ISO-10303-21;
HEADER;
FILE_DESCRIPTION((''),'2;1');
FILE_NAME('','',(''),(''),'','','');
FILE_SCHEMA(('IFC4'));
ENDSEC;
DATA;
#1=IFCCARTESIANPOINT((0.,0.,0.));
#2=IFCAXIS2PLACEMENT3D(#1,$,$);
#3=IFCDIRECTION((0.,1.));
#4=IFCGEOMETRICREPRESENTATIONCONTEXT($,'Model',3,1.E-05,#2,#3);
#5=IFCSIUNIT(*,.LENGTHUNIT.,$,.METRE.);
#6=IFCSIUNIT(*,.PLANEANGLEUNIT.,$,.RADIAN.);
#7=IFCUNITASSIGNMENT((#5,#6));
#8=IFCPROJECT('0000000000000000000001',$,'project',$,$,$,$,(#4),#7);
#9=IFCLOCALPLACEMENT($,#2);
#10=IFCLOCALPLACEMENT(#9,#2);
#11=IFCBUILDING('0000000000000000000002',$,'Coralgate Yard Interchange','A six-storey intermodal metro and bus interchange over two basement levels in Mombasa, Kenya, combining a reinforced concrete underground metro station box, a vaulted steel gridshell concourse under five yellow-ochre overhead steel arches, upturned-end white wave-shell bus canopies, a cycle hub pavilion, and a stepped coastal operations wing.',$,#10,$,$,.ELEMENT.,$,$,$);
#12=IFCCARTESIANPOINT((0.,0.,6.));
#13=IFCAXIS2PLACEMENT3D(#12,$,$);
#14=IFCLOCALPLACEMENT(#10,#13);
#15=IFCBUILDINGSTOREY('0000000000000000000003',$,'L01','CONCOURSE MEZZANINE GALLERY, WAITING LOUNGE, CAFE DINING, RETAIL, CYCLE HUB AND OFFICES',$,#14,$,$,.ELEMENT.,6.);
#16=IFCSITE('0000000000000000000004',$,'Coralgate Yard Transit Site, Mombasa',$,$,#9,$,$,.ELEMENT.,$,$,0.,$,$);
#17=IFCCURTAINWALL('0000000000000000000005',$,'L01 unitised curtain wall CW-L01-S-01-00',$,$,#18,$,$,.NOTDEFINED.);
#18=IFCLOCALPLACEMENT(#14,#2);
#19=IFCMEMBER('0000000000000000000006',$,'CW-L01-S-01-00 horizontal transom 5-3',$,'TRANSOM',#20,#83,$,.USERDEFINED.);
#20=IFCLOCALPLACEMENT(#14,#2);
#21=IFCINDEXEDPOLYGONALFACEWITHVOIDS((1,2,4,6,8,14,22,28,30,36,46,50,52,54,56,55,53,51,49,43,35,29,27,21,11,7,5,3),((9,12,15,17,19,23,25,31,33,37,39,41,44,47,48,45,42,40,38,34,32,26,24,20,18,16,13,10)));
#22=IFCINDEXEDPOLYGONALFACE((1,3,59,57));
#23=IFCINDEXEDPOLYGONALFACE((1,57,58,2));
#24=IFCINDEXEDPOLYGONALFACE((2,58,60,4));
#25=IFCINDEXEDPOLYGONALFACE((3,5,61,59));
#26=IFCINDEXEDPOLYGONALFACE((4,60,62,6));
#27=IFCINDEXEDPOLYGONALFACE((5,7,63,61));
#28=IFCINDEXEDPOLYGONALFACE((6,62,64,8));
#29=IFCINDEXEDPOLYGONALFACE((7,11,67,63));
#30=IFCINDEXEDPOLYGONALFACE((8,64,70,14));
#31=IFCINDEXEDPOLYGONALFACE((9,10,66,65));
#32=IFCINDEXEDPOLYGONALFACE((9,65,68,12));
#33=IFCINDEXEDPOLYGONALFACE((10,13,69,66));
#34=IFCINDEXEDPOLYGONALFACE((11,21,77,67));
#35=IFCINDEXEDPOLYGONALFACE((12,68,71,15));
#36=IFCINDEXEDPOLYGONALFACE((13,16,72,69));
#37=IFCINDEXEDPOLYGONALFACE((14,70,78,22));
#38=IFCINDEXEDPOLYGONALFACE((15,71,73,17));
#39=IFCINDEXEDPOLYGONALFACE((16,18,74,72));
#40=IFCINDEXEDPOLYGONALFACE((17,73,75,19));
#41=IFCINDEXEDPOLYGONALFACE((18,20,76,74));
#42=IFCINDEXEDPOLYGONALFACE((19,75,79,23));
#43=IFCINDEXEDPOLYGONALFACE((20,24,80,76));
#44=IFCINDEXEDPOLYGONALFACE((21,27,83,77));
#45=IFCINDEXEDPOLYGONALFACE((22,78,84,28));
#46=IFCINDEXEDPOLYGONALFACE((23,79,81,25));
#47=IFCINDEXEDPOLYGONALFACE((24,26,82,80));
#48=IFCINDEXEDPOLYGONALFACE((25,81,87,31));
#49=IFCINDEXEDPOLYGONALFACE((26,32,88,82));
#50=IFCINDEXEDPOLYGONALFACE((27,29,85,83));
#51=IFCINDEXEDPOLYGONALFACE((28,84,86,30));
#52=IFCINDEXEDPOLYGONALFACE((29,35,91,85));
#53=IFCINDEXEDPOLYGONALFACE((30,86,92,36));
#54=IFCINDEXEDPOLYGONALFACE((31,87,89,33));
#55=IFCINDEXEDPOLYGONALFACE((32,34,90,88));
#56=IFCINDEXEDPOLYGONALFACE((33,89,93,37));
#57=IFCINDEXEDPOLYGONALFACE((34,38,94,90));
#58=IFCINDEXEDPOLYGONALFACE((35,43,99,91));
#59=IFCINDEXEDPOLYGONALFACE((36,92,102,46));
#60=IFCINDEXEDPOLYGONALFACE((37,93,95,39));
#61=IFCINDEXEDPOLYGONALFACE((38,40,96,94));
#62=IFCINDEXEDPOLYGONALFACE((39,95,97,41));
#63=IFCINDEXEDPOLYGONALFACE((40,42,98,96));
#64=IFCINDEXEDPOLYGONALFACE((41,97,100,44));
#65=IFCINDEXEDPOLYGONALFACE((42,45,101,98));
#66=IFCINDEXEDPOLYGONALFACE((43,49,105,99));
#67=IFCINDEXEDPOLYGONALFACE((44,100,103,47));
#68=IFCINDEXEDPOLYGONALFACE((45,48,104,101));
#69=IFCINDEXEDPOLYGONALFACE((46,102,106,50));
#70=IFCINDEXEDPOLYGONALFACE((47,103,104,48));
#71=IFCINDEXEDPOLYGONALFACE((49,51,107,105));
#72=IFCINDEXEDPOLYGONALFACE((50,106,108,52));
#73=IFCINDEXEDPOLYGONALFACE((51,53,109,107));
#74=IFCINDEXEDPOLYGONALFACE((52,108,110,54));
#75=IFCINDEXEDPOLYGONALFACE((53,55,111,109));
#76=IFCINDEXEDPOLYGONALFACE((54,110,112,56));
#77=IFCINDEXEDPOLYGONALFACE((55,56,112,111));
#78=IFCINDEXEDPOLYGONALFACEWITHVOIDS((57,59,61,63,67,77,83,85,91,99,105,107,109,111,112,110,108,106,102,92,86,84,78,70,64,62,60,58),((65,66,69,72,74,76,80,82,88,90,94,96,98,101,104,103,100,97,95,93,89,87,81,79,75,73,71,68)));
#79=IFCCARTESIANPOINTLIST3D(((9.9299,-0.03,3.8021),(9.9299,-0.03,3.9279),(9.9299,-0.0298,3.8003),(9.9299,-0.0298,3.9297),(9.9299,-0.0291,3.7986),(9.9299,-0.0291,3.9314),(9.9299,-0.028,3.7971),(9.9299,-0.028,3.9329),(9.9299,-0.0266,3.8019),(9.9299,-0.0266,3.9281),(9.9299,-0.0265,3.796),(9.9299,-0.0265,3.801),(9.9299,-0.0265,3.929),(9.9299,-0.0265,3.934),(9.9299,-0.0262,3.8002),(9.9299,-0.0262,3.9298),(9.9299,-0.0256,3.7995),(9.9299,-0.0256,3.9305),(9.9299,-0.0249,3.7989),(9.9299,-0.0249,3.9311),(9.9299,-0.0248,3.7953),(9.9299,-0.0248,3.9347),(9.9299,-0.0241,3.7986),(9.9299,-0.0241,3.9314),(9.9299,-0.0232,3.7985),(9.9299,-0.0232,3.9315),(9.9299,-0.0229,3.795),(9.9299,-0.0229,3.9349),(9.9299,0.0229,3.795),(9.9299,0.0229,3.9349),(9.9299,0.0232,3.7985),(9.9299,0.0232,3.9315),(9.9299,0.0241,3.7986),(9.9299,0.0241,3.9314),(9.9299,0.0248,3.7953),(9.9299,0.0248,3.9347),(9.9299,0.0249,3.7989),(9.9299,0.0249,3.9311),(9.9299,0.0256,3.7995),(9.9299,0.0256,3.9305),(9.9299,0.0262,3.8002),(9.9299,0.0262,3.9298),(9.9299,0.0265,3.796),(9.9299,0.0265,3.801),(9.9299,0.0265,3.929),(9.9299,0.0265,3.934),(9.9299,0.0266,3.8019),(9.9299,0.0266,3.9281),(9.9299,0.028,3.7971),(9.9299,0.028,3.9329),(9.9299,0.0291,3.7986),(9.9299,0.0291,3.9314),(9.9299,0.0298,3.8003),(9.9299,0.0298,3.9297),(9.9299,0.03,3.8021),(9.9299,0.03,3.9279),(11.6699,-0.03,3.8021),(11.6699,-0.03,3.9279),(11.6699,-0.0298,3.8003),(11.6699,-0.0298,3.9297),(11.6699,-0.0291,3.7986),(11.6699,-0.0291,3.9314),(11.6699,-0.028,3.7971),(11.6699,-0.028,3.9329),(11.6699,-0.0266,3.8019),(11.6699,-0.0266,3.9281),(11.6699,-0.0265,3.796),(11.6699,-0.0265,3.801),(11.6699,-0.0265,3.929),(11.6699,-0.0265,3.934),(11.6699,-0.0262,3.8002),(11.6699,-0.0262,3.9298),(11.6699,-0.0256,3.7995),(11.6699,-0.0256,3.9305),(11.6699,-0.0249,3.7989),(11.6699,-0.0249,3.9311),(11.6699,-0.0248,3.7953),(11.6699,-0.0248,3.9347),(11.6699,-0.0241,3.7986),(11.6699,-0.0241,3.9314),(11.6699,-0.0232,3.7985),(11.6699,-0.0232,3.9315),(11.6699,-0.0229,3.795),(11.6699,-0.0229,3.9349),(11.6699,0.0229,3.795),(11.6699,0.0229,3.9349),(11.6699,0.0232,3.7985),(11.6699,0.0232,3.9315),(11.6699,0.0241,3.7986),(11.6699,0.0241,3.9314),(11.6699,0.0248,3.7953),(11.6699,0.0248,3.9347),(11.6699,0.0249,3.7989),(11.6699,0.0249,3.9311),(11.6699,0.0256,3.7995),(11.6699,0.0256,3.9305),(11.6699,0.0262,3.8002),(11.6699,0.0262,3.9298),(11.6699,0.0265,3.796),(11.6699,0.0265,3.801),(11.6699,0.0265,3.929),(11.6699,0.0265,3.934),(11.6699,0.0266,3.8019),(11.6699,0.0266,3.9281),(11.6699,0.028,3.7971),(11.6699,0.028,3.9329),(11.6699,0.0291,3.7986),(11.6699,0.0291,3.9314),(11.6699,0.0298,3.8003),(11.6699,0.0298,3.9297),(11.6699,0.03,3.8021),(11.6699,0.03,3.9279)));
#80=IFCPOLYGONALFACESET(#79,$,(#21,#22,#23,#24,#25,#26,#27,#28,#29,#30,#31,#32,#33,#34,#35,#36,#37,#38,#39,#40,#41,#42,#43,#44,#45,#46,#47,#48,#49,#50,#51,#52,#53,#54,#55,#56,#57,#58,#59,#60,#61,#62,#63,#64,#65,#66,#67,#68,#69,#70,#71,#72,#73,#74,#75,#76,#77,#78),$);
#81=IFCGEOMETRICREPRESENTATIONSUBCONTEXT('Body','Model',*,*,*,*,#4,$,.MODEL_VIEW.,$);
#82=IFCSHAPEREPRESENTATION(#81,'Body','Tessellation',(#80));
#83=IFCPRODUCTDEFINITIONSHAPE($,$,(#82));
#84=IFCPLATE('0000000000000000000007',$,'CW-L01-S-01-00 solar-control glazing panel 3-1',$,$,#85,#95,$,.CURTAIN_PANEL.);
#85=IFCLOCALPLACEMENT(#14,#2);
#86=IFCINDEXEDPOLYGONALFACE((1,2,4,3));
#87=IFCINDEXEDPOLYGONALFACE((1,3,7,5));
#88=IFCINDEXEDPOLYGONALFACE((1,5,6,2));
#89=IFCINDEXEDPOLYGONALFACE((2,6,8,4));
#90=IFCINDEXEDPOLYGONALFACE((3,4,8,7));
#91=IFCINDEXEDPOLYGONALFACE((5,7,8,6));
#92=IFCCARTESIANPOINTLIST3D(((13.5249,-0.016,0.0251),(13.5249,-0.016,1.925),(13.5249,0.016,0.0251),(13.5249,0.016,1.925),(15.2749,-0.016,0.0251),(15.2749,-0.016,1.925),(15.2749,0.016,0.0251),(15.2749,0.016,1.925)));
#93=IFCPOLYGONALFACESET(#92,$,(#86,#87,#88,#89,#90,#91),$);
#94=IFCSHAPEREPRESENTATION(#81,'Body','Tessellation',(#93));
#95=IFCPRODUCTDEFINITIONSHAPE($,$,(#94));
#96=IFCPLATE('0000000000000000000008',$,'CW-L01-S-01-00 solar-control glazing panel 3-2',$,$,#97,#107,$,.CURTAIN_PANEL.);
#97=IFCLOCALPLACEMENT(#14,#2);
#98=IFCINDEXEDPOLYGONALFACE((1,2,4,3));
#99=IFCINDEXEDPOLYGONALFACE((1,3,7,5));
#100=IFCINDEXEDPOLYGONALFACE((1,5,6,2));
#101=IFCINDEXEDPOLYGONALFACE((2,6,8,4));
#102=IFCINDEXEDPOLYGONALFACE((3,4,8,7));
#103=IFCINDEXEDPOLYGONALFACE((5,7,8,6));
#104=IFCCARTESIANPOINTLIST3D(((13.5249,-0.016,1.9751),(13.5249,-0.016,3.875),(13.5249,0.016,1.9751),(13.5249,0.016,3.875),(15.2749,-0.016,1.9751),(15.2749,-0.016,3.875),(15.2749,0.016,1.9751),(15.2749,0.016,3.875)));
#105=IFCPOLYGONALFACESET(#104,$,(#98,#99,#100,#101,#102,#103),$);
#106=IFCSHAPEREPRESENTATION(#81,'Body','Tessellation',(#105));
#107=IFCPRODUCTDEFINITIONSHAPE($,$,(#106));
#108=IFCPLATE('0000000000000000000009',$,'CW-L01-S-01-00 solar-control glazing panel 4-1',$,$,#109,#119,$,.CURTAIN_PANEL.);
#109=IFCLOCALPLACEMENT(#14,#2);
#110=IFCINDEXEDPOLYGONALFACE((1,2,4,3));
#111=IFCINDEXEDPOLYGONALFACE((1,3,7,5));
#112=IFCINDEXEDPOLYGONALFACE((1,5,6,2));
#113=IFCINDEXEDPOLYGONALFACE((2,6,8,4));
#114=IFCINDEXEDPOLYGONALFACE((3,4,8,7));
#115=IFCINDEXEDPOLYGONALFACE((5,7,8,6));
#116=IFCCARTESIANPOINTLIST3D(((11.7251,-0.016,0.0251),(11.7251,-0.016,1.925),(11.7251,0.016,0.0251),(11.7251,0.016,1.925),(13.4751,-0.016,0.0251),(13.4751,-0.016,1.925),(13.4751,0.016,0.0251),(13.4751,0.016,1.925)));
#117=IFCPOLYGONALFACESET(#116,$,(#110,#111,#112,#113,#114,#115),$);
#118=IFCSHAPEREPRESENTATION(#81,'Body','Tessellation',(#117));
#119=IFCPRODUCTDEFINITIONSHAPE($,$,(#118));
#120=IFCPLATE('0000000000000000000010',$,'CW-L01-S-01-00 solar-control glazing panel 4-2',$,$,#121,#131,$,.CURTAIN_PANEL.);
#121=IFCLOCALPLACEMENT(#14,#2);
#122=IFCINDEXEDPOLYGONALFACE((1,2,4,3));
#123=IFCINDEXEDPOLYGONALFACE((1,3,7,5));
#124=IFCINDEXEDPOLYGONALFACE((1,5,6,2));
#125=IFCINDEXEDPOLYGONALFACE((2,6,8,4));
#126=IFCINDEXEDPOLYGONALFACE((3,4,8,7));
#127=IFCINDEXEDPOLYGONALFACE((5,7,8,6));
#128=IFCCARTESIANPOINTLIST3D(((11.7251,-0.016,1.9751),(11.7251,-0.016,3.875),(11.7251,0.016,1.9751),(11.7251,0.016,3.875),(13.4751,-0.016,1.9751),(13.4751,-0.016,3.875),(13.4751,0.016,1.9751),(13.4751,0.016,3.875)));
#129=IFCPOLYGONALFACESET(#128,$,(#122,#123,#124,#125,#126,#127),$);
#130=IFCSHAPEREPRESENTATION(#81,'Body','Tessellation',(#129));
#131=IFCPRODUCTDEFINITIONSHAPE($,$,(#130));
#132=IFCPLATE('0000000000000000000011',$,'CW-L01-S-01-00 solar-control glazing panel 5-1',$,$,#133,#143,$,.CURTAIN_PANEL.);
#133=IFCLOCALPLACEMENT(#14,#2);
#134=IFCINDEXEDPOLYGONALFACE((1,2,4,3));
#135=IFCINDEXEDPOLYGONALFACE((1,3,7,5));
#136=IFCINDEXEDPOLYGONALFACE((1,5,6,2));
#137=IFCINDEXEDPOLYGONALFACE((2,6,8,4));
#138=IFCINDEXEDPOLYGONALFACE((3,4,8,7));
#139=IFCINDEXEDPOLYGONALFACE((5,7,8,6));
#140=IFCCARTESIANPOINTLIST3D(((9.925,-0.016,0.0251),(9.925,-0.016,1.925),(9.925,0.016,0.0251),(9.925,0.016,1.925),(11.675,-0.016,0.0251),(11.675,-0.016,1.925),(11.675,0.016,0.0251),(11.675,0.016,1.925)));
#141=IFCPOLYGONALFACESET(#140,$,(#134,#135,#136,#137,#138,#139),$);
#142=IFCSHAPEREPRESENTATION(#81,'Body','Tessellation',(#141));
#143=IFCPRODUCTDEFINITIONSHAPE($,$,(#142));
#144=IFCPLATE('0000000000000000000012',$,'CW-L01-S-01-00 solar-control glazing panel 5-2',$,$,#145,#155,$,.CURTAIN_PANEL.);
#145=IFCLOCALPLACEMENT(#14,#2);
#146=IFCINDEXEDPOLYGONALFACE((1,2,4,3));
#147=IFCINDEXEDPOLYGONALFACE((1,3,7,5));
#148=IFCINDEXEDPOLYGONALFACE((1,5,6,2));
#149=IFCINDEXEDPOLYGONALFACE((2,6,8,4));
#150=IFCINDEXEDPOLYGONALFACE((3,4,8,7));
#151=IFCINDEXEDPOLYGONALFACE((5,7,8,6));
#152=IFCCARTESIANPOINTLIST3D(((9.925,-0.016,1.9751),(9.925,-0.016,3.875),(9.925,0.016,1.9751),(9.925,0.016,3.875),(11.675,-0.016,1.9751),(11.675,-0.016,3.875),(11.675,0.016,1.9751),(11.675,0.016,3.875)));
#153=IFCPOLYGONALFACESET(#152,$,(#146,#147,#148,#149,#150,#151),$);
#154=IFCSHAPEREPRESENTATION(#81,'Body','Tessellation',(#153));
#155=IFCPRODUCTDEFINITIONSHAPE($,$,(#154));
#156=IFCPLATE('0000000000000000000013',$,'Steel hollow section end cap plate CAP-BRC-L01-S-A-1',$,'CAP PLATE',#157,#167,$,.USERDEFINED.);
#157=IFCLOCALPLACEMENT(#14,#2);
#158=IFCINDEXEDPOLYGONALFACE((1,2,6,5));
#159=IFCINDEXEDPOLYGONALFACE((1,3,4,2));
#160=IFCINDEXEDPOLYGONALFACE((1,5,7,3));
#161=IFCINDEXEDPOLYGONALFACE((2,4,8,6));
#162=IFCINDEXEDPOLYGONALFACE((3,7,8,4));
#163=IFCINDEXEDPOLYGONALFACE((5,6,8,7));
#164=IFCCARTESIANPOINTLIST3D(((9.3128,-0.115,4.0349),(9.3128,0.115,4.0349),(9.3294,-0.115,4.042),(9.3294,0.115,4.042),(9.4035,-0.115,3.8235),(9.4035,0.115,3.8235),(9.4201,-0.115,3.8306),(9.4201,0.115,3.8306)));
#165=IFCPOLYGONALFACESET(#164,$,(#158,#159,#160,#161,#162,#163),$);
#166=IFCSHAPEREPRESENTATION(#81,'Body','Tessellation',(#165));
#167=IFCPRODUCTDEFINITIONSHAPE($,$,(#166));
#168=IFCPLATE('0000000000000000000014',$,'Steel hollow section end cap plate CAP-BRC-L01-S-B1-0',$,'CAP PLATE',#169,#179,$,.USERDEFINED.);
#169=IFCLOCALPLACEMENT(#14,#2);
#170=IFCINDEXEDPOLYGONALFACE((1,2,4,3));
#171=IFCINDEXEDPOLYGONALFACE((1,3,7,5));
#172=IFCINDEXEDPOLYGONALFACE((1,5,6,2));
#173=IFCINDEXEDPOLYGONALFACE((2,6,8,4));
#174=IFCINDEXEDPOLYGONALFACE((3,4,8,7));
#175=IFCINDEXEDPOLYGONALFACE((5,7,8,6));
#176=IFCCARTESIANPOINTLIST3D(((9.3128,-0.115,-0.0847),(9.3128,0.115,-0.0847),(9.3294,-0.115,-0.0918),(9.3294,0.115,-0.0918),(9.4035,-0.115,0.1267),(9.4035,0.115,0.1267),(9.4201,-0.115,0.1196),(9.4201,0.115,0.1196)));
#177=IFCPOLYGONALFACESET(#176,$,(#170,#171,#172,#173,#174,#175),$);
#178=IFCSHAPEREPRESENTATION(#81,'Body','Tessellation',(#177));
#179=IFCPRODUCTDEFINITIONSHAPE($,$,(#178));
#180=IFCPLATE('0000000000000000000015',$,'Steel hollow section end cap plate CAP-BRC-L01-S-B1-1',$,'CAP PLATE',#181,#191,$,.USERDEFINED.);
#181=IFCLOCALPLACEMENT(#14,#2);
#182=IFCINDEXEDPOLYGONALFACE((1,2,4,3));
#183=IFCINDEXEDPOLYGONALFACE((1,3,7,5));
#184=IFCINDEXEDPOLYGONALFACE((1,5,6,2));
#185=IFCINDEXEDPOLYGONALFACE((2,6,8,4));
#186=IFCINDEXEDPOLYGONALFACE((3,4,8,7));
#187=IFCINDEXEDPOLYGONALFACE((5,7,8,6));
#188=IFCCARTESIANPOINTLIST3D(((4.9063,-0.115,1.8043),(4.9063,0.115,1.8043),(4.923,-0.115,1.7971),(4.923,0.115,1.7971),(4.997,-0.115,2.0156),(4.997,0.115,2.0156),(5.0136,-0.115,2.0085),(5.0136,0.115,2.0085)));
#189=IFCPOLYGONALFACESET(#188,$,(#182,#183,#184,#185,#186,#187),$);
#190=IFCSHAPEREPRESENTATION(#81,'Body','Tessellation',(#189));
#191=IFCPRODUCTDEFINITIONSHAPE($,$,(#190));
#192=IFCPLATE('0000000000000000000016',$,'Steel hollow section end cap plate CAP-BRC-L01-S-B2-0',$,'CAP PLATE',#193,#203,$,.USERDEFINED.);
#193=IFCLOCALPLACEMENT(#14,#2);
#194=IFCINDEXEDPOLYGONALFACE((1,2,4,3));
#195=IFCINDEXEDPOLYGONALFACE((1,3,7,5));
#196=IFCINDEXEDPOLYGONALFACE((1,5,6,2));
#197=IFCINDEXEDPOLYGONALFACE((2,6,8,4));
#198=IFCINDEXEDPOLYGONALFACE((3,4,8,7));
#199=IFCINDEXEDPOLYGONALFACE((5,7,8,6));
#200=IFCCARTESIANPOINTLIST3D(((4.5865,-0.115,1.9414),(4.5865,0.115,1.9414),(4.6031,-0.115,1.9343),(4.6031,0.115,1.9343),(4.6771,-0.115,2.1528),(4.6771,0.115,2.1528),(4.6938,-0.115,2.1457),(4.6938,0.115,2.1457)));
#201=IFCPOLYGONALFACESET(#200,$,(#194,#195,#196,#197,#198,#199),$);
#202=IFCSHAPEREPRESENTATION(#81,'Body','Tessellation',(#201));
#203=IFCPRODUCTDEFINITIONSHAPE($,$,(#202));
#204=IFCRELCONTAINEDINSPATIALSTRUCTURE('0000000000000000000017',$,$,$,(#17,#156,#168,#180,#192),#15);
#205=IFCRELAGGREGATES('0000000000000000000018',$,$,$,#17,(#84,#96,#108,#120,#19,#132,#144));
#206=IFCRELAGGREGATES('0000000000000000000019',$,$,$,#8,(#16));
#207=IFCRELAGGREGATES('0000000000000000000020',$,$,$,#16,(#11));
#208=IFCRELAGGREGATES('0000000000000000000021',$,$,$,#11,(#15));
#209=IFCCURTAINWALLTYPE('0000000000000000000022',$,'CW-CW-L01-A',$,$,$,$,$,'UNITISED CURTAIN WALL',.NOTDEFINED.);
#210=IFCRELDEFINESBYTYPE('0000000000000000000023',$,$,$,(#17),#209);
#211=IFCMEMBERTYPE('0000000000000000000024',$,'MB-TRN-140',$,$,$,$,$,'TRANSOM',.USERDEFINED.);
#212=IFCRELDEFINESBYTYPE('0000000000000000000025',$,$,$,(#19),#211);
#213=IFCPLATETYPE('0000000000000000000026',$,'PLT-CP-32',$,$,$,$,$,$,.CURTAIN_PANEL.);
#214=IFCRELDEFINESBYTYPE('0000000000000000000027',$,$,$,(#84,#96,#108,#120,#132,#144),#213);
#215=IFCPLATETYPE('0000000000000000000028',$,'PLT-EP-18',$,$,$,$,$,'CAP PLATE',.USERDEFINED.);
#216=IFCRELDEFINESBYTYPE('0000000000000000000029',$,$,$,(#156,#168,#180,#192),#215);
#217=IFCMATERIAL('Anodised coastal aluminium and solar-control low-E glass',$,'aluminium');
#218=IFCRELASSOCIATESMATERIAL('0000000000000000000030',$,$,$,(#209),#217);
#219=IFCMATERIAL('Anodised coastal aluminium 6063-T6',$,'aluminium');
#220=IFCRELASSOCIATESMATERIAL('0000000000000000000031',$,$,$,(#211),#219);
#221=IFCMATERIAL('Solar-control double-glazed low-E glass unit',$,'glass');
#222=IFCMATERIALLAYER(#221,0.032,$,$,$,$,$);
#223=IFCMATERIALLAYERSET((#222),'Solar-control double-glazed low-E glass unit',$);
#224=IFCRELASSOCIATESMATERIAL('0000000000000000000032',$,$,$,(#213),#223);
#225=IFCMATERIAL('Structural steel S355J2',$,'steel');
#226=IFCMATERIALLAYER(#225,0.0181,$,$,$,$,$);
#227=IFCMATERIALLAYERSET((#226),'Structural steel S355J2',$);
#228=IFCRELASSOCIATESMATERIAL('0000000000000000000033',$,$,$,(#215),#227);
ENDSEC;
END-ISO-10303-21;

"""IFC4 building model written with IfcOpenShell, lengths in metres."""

from ifc_helpers import new_model, si_unit, direction, frame, origin, origin_2d, place, context, subcontext, project, spatial, rectangle, hollow_rectangle, extrude, material, layer, layer_set, material_profile, profile_set, type_object, element, aggregate, save


model = new_model("IFC4")

# Units and contexts
model_context = context("Model", 3, precision=1e-05, world=origin(), true_north=direction((0.0, 1.0)))
body_context = subcontext(model_context, "Body", "Model", "MODEL_VIEW")
ifc_project = project(units=[si_unit("LENGTHUNIT", "METRE"), si_unit("PLANEANGLEUNIT", "RADIAN")], contexts=[model_context])

# Site, building, storey
site_placement = place(None, origin())
site = spatial("IfcSite", under=ifc_project, at=site_placement, Name="Coralgate Yard Transit Site, Mombasa", CompositionType="ELEMENT", RefElevation=0.0)
building_placement = place(site_placement, origin())
building = spatial("IfcBuilding", under=site, at=building_placement, Name="Coralgate Yard Interchange", Description="A six-storey intermodal metro and bus interchange over two basement levels in Mombasa, Kenya, combining a reinforced concrete underground metro station box, a vaulted steel gridshell concourse under five yellow-ochre overhead steel arches, upturned-end white wave-shell bus canopies, a cycle hub pavilion, and a stepped coastal operations wing.", CompositionType="ELEMENT")
storey_placement = place(building_placement, frame((0.0, 0.0, 6.0)))
storey = spatial("IfcBuildingStorey", under=building, at=storey_placement, Name="L01", Description="CONCOURSE MEZZANINE GALLERY, WAITING LOUNGE, CAFE DINING, RETAIL, CYCLE HUB AND OFFICES", CompositionType="ELEMENT", Elevation=6.0)

# Shared definitions
ifc_material_1 = material(Name="Structural steel S355J2", Category="steel")

# Curtain wall, member, plates
ifc_material_2 = material(Name="Anodised coastal aluminium and solar-control low-E glass", Category="aluminium")
curtain_wall_type = type_object("IfcCurtainWallType", Name="CW-CW-L01-A", ElementType="UNITISED CURTAIN WALL", PredefinedType="NOTDEFINED", material=ifc_material_2)
curtain_wall_placement = place(storey_placement, origin())
curtain_wall = element("IfcCurtainWall", 1, at=curtain_wall_placement, inside=storey, type_object=curtain_wall_type, Name="L01 unitised curtain wall CW-L01-S-01-00", PredefinedType="NOTDEFINED")
ifc_material_3 = material(Name="Anodised coastal aluminium 6063-T6", Category="aluminium")
ifc_material_profile_1 = material_profile(ifc_material_3, hollow_rectangle(XDim=0.0601, YDim=0.1399, WallThickness=0.0034, InnerFilletRadius=0.0034, OuterFilletRadius=0.0071, at=origin_2d()), Name="ALU 60x140x3.5")
ifc_profile_set_1 = profile_set([ifc_material_profile_1], Name="Anodised coastal aluminium 6063-T6")
member_type_1 = type_object("IfcMemberType", Name="MB-TRN-140", ElementType="TRANSOM", PredefinedType="USERDEFINED", material=ifc_profile_set_1)
member_1_placement = place(storey_placement, frame((11.6699, 0.0, 3.865), z_axis=(-1.0, 0.0, 0.0), x_axis=(0.0, -1.0, 0.0)))
member_1 = element("IfcMember", 2, at=member_1_placement, type_object=member_type_1, Name="CW-L01-S-01-00 horizontal transom 5-3", ObjectType="TRANSOM", PredefinedType="USERDEFINED", context=body_context, shape_type="SweptSolid", body=[
    extrude(hollow_rectangle(XDim=0.0601, YDim=0.1399, WallThickness=0.0034, InnerFilletRadius=0.0034, OuterFilletRadius=0.0071, at=origin_2d()), origin(), (0.0, 0.0, 1.0), 1.74),
])
ifc_material_4 = material(Name="Solar-control double-glazed low-E glass unit", Category="glass")
ifc_layer_1 = layer(ifc_material_4, 0.032)
ifc_layer_set_1 = layer_set([ifc_layer_1], Name="Solar-control double-glazed low-E glass unit")
plate_type_1 = type_object("IfcPlateType", Name="PLT-CP-32", PredefinedType="CURTAIN_PANEL", material=ifc_layer_set_1)
plate_1_placement = place(storey_placement, frame((14.3999, 0.0, 0.0251), z_axis=(0.0, 0.0, 1.0), x_axis=(-1.0, 0.0, 0.0)))
plate_1 = element("IfcPlate", 3, at=plate_1_placement, type_object=plate_type_1, Name="CW-L01-S-01-00 solar-control glazing panel 3-1", PredefinedType="CURTAIN_PANEL", context=body_context, shape_type="SweptSolid", body=[
    extrude(rectangle(XDim=1.75, YDim=0.032, at=origin_2d()), origin(), (0.0, 0.0, 1.0), 1.8999),
])
plate_2_placement = place(storey_placement, frame((14.3999, 0.0, 1.9751), z_axis=(0.0, 0.0, 1.0), x_axis=(-1.0, 0.0, 0.0)))
plate_2 = element("IfcPlate", 4, at=plate_2_placement, type_object=plate_type_1, Name="CW-L01-S-01-00 solar-control glazing panel 3-2", PredefinedType="CURTAIN_PANEL", context=body_context, shape_type="SweptSolid", body=[
    extrude(rectangle(XDim=1.75, YDim=0.032, at=origin_2d()), origin(), (0.0, 0.0, 1.0), 1.8999),
])
plate_3_placement = place(storey_placement, frame((12.6001, 0.0, 0.0251), z_axis=(0.0, 0.0, 1.0), x_axis=(-1.0, 0.0, 0.0)))
plate_3 = element("IfcPlate", 5, at=plate_3_placement, type_object=plate_type_1, Name="CW-L01-S-01-00 solar-control glazing panel 4-1", PredefinedType="CURTAIN_PANEL", context=body_context, shape_type="SweptSolid", body=[
    extrude(rectangle(XDim=1.75, YDim=0.032, at=origin_2d()), origin(), (0.0, 0.0, 1.0), 1.8999),
])
plate_4_placement = place(storey_placement, frame((12.6001, 0.0, 1.9751), z_axis=(0.0, 0.0, 1.0), x_axis=(-1.0, 0.0, 0.0)))
plate_4 = element("IfcPlate", 6, at=plate_4_placement, type_object=plate_type_1, Name="CW-L01-S-01-00 solar-control glazing panel 4-2", PredefinedType="CURTAIN_PANEL", context=body_context, shape_type="SweptSolid", body=[
    extrude(rectangle(XDim=1.75, YDim=0.032, at=origin_2d()), origin(), (0.0, 0.0, 1.0), 1.8999),
])
plate_5_placement = place(storey_placement, frame((10.8, 0.0, 0.0251), z_axis=(0.0, 0.0, 1.0), x_axis=(-1.0, 0.0, 0.0)))
plate_5 = element("IfcPlate", 7, at=plate_5_placement, type_object=plate_type_1, Name="CW-L01-S-01-00 solar-control glazing panel 5-1", PredefinedType="CURTAIN_PANEL", context=body_context, shape_type="SweptSolid", body=[
    extrude(rectangle(XDim=1.75, YDim=0.032, at=origin_2d()), origin(), (0.0, 0.0, 1.0), 1.8999),
])
plate_6_placement = place(storey_placement, frame((10.8, 0.0, 1.9751), z_axis=(0.0, 0.0, 1.0), x_axis=(-1.0, 0.0, 0.0)))
plate_6 = element("IfcPlate", 8, at=plate_6_placement, type_object=plate_type_1, Name="CW-L01-S-01-00 solar-control glazing panel 5-2", PredefinedType="CURTAIN_PANEL", context=body_context, shape_type="SweptSolid", body=[
    extrude(rectangle(XDim=1.75, YDim=0.032, at=origin_2d()), origin(), (0.0, 0.0, 1.0), 1.8999),
])
aggregate(curtain_wall, [plate_1, plate_2, plate_3, plate_4, member_1, plate_5, plate_6])

# Plates
ifc_layer_2 = layer(ifc_material_1, 0.0181)
ifc_layer_set_2 = layer_set([ifc_layer_2], Name="Structural steel S355J2")
plate_type_2 = type_object("IfcPlateType", Name="PLT-EP-18", ElementType="CAP PLATE", PredefinedType="USERDEFINED", material=ifc_layer_set_2)
for number, where, z_axis, x_axis, name in (
    (9, (9.3582, 0.0, 3.9292), (0.919093, 0.0, 0.394041), (0.0, 1.0, 0.0), "Steel hollow section end cap plate CAP-BRC-L01-S-A-1"),
    (10, (9.3582, 0.0, 0.021), (0.919093, 0.0, -0.394041), (0.0, 1.0, 0.0), "Steel hollow section end cap plate CAP-BRC-L01-S-B1-0"),
    (11, (4.9683, 0.0, 1.9028), (-0.919093, 0.0, 0.394041), (0.0, -1.0, 0.0), "Steel hollow section end cap plate CAP-BRC-L01-S-B1-1"),
    (12, (4.6318, 0.0, 2.0471), (0.919093, 0.0, -0.394041), (0.0, 1.0, 0.0), "Steel hollow section end cap plate CAP-BRC-L01-S-B2-0"),
):
    element("IfcPlate", number, at=place(storey_placement, frame(where, z_axis=z_axis, x_axis=x_axis)), inside=storey, type_object=plate_type_2, Name=name, ObjectType="CAP PLATE", PredefinedType="USERDEFINED", context=body_context, shape_type="SweptSolid", body=[
        extrude(rectangle(XDim=0.23, YDim=0.23, at=origin_2d()), origin(), (0.0, 0.0, 1.0), 0.0181),
    ])

save(model, "model.ifc")
